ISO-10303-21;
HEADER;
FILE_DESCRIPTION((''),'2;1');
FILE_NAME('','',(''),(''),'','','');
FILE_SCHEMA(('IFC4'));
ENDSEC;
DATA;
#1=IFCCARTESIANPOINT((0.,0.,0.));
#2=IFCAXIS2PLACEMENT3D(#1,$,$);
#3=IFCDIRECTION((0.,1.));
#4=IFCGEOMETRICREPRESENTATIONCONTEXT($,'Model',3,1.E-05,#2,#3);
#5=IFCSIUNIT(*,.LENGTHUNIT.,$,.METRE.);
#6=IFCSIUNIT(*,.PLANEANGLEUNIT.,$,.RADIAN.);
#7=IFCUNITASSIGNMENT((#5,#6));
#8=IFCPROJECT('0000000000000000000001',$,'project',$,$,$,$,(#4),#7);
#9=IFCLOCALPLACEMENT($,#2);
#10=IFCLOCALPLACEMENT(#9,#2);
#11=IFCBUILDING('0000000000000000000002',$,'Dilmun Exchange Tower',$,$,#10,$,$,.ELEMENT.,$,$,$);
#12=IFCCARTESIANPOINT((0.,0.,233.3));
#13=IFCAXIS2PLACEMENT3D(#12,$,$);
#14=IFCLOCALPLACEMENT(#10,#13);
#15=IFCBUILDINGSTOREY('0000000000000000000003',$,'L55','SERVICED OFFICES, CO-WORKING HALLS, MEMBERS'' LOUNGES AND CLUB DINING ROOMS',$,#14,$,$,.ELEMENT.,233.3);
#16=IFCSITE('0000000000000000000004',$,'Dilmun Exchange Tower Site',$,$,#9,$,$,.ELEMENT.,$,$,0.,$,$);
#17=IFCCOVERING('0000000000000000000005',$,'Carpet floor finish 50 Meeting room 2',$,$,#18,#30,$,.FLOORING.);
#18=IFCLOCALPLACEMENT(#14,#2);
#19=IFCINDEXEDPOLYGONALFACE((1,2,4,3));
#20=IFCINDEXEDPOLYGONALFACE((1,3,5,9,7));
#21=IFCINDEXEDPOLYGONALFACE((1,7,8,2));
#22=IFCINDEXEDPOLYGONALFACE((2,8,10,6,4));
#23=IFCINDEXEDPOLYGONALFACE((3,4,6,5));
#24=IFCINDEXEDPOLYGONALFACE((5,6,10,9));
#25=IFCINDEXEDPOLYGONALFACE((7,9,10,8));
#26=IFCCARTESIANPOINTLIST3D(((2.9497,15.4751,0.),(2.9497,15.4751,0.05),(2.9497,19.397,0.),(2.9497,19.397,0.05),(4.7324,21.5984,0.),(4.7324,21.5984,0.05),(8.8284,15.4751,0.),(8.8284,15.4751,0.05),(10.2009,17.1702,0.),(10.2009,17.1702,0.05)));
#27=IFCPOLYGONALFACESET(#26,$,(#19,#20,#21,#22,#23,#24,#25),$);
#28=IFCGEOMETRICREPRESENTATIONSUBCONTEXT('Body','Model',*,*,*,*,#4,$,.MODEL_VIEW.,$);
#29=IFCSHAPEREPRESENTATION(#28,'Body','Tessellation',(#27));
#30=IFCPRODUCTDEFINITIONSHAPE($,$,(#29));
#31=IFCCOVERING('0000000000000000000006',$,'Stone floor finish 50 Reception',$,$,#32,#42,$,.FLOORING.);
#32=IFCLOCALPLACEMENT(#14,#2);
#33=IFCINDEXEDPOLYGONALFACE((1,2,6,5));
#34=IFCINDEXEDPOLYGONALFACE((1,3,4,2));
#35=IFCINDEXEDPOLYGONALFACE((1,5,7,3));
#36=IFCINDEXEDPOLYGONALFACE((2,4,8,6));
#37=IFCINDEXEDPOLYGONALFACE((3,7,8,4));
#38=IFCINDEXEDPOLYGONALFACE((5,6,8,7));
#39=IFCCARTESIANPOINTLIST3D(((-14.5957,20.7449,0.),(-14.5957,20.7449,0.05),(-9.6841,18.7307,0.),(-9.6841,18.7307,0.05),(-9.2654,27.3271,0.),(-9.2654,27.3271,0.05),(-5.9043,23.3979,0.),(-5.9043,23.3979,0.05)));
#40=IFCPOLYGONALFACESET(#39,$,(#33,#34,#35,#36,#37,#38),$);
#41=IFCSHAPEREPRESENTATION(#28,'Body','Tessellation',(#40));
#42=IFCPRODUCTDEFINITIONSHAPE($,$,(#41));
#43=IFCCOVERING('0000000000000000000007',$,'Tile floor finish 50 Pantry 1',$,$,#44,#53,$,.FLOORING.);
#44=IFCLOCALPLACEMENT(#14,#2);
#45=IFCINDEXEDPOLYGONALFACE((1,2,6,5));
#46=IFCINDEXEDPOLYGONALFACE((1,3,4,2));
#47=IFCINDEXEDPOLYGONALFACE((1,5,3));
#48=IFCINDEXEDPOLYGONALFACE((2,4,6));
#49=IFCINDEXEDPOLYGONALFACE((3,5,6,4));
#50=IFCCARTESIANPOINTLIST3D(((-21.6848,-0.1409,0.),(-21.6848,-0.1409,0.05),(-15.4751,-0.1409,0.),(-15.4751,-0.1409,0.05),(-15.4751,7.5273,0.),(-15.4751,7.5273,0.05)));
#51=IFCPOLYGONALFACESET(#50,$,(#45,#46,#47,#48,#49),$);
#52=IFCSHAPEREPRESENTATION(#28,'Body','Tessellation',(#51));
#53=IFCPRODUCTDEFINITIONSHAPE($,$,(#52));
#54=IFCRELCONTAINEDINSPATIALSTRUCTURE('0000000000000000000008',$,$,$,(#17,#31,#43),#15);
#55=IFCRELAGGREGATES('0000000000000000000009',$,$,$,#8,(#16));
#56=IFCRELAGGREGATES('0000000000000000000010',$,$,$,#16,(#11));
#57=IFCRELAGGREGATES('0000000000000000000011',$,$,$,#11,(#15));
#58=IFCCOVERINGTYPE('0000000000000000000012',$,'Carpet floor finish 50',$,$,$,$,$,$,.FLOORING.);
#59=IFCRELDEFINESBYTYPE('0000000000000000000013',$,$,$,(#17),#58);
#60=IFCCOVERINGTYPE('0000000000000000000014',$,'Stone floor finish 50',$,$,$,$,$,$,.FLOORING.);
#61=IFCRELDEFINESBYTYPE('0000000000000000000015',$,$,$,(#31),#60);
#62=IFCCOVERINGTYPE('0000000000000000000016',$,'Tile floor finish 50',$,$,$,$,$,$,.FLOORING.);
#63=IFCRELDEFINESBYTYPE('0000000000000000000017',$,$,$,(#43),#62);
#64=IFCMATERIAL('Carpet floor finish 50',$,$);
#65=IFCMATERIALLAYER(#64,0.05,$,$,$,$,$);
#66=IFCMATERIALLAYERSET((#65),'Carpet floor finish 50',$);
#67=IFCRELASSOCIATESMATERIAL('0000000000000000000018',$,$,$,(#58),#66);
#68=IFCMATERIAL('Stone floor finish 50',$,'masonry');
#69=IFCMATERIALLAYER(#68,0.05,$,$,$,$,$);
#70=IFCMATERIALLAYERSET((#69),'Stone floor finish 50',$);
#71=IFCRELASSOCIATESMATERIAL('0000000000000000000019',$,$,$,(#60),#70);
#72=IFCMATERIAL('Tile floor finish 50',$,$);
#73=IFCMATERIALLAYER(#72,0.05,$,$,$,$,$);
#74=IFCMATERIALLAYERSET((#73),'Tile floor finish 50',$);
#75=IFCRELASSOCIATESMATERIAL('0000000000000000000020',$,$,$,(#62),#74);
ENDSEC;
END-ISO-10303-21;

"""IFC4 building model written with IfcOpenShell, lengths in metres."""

from ifc_helpers import new_model, si_unit, direction, frame, origin, place, context, subcontext, project, spatial, polyline, outline, extrude, material, layer, layer_set, type_object, element, save


model = new_model("IFC4")

# Units and contexts
model_context = context("Model", 3, precision=1e-05, world=origin(), true_north=direction((0.0, 1.0)))
body_context = subcontext(model_context, "Body", "Model", "MODEL_VIEW")
ifc_project = project(units=[si_unit("LENGTHUNIT", "METRE"), si_unit("PLANEANGLEUNIT", "RADIAN")], contexts=[model_context])

# Site, building, storey
site_placement = place(None, origin())
site = spatial("IfcSite", under=ifc_project, at=site_placement, Name="Dilmun Exchange Tower Site", CompositionType="ELEMENT", RefElevation=0.0)
building_placement = place(site_placement, origin())
building = spatial("IfcBuilding", under=site, at=building_placement, Name="Dilmun Exchange Tower", CompositionType="ELEMENT")
storey_placement = place(building_placement, frame((0.0, 0.0, 233.3)))
storey = spatial("IfcBuildingStorey", under=building, at=storey_placement, Name="L55", Description="SERVICED OFFICES, CO-WORKING HALLS, MEMBERS' LOUNGES AND CLUB DINING ROOMS", CompositionType="ELEMENT", Elevation=233.3)

# Coverings
ifc_material_1 = material(Name="Carpet floor finish 50")
ifc_layer_1 = layer(ifc_material_1, 0.05)
ifc_layer_set_1 = layer_set([ifc_layer_1], Name="Carpet floor finish 50")
covering_type_1 = type_object("IfcCoveringType", Name="Carpet floor finish 50", PredefinedType="FLOORING", material=ifc_layer_set_1)
covering_1_placement = place(storey_placement, origin())
element("IfcCovering", 1, at=covering_1_placement, inside=storey, type_object=covering_type_1, Name="Carpet floor finish 50 Meeting room 2", PredefinedType="FLOORING", context=body_context, shape_type="SweptSolid", body=[
    extrude(outline(polyline([(8.8284, 15.4751), (2.9497, 15.4751), (2.9497, 19.397), (4.7324, 21.5984), (10.2009, 17.1702), (8.8284, 15.4751)])), origin(), (0.0, 0.0, 1.0), 0.05),
])
ifc_material_2 = material(Name="Stone floor finish 50", Category="masonry")
ifc_layer_2 = layer(ifc_material_2, 0.05)
ifc_layer_set_2 = layer_set([ifc_layer_2], Name="Stone floor finish 50")
covering_type_2 = type_object("IfcCoveringType", Name="Stone floor finish 50", PredefinedType="FLOORING", material=ifc_layer_set_2)
covering_2_placement = place(storey_placement, origin())
element("IfcCovering", 2, at=covering_2_placement, inside=storey, type_object=covering_type_2, Name="Stone floor finish 50 Reception", PredefinedType="FLOORING", context=body_context, shape_type="SweptSolid", body=[
    extrude(outline(polyline([(-14.5957, 20.7449), (-9.2654, 27.3271), (-5.9043, 23.3979), (-9.6841, 18.7307), (-14.5957, 20.7449)])), origin(), (0.0, 0.0, 1.0), 0.05),
])
ifc_material_3 = material(Name="Tile floor finish 50")
ifc_layer_3 = layer(ifc_material_3, 0.05)
ifc_layer_set_3 = layer_set([ifc_layer_3], Name="Tile floor finish 50")
covering_type_3 = type_object("IfcCoveringType", Name="Tile floor finish 50", PredefinedType="FLOORING", material=ifc_layer_set_3)
covering_3_placement = place(storey_placement, origin())
element("IfcCovering", 3, at=covering_3_placement, inside=storey, type_object=covering_type_3, Name="Tile floor finish 50 Pantry 1", PredefinedType="FLOORING", context=body_context, shape_type="SweptSolid", body=[
    extrude(outline(polyline([(-15.4751, 7.5273), (-15.4751, -0.1409), (-21.6848, -0.1409), (-15.4751, 7.5273)])), origin(), (0.0, 0.0, 1.0), 0.05),
])

save(model, "model.ifc")
